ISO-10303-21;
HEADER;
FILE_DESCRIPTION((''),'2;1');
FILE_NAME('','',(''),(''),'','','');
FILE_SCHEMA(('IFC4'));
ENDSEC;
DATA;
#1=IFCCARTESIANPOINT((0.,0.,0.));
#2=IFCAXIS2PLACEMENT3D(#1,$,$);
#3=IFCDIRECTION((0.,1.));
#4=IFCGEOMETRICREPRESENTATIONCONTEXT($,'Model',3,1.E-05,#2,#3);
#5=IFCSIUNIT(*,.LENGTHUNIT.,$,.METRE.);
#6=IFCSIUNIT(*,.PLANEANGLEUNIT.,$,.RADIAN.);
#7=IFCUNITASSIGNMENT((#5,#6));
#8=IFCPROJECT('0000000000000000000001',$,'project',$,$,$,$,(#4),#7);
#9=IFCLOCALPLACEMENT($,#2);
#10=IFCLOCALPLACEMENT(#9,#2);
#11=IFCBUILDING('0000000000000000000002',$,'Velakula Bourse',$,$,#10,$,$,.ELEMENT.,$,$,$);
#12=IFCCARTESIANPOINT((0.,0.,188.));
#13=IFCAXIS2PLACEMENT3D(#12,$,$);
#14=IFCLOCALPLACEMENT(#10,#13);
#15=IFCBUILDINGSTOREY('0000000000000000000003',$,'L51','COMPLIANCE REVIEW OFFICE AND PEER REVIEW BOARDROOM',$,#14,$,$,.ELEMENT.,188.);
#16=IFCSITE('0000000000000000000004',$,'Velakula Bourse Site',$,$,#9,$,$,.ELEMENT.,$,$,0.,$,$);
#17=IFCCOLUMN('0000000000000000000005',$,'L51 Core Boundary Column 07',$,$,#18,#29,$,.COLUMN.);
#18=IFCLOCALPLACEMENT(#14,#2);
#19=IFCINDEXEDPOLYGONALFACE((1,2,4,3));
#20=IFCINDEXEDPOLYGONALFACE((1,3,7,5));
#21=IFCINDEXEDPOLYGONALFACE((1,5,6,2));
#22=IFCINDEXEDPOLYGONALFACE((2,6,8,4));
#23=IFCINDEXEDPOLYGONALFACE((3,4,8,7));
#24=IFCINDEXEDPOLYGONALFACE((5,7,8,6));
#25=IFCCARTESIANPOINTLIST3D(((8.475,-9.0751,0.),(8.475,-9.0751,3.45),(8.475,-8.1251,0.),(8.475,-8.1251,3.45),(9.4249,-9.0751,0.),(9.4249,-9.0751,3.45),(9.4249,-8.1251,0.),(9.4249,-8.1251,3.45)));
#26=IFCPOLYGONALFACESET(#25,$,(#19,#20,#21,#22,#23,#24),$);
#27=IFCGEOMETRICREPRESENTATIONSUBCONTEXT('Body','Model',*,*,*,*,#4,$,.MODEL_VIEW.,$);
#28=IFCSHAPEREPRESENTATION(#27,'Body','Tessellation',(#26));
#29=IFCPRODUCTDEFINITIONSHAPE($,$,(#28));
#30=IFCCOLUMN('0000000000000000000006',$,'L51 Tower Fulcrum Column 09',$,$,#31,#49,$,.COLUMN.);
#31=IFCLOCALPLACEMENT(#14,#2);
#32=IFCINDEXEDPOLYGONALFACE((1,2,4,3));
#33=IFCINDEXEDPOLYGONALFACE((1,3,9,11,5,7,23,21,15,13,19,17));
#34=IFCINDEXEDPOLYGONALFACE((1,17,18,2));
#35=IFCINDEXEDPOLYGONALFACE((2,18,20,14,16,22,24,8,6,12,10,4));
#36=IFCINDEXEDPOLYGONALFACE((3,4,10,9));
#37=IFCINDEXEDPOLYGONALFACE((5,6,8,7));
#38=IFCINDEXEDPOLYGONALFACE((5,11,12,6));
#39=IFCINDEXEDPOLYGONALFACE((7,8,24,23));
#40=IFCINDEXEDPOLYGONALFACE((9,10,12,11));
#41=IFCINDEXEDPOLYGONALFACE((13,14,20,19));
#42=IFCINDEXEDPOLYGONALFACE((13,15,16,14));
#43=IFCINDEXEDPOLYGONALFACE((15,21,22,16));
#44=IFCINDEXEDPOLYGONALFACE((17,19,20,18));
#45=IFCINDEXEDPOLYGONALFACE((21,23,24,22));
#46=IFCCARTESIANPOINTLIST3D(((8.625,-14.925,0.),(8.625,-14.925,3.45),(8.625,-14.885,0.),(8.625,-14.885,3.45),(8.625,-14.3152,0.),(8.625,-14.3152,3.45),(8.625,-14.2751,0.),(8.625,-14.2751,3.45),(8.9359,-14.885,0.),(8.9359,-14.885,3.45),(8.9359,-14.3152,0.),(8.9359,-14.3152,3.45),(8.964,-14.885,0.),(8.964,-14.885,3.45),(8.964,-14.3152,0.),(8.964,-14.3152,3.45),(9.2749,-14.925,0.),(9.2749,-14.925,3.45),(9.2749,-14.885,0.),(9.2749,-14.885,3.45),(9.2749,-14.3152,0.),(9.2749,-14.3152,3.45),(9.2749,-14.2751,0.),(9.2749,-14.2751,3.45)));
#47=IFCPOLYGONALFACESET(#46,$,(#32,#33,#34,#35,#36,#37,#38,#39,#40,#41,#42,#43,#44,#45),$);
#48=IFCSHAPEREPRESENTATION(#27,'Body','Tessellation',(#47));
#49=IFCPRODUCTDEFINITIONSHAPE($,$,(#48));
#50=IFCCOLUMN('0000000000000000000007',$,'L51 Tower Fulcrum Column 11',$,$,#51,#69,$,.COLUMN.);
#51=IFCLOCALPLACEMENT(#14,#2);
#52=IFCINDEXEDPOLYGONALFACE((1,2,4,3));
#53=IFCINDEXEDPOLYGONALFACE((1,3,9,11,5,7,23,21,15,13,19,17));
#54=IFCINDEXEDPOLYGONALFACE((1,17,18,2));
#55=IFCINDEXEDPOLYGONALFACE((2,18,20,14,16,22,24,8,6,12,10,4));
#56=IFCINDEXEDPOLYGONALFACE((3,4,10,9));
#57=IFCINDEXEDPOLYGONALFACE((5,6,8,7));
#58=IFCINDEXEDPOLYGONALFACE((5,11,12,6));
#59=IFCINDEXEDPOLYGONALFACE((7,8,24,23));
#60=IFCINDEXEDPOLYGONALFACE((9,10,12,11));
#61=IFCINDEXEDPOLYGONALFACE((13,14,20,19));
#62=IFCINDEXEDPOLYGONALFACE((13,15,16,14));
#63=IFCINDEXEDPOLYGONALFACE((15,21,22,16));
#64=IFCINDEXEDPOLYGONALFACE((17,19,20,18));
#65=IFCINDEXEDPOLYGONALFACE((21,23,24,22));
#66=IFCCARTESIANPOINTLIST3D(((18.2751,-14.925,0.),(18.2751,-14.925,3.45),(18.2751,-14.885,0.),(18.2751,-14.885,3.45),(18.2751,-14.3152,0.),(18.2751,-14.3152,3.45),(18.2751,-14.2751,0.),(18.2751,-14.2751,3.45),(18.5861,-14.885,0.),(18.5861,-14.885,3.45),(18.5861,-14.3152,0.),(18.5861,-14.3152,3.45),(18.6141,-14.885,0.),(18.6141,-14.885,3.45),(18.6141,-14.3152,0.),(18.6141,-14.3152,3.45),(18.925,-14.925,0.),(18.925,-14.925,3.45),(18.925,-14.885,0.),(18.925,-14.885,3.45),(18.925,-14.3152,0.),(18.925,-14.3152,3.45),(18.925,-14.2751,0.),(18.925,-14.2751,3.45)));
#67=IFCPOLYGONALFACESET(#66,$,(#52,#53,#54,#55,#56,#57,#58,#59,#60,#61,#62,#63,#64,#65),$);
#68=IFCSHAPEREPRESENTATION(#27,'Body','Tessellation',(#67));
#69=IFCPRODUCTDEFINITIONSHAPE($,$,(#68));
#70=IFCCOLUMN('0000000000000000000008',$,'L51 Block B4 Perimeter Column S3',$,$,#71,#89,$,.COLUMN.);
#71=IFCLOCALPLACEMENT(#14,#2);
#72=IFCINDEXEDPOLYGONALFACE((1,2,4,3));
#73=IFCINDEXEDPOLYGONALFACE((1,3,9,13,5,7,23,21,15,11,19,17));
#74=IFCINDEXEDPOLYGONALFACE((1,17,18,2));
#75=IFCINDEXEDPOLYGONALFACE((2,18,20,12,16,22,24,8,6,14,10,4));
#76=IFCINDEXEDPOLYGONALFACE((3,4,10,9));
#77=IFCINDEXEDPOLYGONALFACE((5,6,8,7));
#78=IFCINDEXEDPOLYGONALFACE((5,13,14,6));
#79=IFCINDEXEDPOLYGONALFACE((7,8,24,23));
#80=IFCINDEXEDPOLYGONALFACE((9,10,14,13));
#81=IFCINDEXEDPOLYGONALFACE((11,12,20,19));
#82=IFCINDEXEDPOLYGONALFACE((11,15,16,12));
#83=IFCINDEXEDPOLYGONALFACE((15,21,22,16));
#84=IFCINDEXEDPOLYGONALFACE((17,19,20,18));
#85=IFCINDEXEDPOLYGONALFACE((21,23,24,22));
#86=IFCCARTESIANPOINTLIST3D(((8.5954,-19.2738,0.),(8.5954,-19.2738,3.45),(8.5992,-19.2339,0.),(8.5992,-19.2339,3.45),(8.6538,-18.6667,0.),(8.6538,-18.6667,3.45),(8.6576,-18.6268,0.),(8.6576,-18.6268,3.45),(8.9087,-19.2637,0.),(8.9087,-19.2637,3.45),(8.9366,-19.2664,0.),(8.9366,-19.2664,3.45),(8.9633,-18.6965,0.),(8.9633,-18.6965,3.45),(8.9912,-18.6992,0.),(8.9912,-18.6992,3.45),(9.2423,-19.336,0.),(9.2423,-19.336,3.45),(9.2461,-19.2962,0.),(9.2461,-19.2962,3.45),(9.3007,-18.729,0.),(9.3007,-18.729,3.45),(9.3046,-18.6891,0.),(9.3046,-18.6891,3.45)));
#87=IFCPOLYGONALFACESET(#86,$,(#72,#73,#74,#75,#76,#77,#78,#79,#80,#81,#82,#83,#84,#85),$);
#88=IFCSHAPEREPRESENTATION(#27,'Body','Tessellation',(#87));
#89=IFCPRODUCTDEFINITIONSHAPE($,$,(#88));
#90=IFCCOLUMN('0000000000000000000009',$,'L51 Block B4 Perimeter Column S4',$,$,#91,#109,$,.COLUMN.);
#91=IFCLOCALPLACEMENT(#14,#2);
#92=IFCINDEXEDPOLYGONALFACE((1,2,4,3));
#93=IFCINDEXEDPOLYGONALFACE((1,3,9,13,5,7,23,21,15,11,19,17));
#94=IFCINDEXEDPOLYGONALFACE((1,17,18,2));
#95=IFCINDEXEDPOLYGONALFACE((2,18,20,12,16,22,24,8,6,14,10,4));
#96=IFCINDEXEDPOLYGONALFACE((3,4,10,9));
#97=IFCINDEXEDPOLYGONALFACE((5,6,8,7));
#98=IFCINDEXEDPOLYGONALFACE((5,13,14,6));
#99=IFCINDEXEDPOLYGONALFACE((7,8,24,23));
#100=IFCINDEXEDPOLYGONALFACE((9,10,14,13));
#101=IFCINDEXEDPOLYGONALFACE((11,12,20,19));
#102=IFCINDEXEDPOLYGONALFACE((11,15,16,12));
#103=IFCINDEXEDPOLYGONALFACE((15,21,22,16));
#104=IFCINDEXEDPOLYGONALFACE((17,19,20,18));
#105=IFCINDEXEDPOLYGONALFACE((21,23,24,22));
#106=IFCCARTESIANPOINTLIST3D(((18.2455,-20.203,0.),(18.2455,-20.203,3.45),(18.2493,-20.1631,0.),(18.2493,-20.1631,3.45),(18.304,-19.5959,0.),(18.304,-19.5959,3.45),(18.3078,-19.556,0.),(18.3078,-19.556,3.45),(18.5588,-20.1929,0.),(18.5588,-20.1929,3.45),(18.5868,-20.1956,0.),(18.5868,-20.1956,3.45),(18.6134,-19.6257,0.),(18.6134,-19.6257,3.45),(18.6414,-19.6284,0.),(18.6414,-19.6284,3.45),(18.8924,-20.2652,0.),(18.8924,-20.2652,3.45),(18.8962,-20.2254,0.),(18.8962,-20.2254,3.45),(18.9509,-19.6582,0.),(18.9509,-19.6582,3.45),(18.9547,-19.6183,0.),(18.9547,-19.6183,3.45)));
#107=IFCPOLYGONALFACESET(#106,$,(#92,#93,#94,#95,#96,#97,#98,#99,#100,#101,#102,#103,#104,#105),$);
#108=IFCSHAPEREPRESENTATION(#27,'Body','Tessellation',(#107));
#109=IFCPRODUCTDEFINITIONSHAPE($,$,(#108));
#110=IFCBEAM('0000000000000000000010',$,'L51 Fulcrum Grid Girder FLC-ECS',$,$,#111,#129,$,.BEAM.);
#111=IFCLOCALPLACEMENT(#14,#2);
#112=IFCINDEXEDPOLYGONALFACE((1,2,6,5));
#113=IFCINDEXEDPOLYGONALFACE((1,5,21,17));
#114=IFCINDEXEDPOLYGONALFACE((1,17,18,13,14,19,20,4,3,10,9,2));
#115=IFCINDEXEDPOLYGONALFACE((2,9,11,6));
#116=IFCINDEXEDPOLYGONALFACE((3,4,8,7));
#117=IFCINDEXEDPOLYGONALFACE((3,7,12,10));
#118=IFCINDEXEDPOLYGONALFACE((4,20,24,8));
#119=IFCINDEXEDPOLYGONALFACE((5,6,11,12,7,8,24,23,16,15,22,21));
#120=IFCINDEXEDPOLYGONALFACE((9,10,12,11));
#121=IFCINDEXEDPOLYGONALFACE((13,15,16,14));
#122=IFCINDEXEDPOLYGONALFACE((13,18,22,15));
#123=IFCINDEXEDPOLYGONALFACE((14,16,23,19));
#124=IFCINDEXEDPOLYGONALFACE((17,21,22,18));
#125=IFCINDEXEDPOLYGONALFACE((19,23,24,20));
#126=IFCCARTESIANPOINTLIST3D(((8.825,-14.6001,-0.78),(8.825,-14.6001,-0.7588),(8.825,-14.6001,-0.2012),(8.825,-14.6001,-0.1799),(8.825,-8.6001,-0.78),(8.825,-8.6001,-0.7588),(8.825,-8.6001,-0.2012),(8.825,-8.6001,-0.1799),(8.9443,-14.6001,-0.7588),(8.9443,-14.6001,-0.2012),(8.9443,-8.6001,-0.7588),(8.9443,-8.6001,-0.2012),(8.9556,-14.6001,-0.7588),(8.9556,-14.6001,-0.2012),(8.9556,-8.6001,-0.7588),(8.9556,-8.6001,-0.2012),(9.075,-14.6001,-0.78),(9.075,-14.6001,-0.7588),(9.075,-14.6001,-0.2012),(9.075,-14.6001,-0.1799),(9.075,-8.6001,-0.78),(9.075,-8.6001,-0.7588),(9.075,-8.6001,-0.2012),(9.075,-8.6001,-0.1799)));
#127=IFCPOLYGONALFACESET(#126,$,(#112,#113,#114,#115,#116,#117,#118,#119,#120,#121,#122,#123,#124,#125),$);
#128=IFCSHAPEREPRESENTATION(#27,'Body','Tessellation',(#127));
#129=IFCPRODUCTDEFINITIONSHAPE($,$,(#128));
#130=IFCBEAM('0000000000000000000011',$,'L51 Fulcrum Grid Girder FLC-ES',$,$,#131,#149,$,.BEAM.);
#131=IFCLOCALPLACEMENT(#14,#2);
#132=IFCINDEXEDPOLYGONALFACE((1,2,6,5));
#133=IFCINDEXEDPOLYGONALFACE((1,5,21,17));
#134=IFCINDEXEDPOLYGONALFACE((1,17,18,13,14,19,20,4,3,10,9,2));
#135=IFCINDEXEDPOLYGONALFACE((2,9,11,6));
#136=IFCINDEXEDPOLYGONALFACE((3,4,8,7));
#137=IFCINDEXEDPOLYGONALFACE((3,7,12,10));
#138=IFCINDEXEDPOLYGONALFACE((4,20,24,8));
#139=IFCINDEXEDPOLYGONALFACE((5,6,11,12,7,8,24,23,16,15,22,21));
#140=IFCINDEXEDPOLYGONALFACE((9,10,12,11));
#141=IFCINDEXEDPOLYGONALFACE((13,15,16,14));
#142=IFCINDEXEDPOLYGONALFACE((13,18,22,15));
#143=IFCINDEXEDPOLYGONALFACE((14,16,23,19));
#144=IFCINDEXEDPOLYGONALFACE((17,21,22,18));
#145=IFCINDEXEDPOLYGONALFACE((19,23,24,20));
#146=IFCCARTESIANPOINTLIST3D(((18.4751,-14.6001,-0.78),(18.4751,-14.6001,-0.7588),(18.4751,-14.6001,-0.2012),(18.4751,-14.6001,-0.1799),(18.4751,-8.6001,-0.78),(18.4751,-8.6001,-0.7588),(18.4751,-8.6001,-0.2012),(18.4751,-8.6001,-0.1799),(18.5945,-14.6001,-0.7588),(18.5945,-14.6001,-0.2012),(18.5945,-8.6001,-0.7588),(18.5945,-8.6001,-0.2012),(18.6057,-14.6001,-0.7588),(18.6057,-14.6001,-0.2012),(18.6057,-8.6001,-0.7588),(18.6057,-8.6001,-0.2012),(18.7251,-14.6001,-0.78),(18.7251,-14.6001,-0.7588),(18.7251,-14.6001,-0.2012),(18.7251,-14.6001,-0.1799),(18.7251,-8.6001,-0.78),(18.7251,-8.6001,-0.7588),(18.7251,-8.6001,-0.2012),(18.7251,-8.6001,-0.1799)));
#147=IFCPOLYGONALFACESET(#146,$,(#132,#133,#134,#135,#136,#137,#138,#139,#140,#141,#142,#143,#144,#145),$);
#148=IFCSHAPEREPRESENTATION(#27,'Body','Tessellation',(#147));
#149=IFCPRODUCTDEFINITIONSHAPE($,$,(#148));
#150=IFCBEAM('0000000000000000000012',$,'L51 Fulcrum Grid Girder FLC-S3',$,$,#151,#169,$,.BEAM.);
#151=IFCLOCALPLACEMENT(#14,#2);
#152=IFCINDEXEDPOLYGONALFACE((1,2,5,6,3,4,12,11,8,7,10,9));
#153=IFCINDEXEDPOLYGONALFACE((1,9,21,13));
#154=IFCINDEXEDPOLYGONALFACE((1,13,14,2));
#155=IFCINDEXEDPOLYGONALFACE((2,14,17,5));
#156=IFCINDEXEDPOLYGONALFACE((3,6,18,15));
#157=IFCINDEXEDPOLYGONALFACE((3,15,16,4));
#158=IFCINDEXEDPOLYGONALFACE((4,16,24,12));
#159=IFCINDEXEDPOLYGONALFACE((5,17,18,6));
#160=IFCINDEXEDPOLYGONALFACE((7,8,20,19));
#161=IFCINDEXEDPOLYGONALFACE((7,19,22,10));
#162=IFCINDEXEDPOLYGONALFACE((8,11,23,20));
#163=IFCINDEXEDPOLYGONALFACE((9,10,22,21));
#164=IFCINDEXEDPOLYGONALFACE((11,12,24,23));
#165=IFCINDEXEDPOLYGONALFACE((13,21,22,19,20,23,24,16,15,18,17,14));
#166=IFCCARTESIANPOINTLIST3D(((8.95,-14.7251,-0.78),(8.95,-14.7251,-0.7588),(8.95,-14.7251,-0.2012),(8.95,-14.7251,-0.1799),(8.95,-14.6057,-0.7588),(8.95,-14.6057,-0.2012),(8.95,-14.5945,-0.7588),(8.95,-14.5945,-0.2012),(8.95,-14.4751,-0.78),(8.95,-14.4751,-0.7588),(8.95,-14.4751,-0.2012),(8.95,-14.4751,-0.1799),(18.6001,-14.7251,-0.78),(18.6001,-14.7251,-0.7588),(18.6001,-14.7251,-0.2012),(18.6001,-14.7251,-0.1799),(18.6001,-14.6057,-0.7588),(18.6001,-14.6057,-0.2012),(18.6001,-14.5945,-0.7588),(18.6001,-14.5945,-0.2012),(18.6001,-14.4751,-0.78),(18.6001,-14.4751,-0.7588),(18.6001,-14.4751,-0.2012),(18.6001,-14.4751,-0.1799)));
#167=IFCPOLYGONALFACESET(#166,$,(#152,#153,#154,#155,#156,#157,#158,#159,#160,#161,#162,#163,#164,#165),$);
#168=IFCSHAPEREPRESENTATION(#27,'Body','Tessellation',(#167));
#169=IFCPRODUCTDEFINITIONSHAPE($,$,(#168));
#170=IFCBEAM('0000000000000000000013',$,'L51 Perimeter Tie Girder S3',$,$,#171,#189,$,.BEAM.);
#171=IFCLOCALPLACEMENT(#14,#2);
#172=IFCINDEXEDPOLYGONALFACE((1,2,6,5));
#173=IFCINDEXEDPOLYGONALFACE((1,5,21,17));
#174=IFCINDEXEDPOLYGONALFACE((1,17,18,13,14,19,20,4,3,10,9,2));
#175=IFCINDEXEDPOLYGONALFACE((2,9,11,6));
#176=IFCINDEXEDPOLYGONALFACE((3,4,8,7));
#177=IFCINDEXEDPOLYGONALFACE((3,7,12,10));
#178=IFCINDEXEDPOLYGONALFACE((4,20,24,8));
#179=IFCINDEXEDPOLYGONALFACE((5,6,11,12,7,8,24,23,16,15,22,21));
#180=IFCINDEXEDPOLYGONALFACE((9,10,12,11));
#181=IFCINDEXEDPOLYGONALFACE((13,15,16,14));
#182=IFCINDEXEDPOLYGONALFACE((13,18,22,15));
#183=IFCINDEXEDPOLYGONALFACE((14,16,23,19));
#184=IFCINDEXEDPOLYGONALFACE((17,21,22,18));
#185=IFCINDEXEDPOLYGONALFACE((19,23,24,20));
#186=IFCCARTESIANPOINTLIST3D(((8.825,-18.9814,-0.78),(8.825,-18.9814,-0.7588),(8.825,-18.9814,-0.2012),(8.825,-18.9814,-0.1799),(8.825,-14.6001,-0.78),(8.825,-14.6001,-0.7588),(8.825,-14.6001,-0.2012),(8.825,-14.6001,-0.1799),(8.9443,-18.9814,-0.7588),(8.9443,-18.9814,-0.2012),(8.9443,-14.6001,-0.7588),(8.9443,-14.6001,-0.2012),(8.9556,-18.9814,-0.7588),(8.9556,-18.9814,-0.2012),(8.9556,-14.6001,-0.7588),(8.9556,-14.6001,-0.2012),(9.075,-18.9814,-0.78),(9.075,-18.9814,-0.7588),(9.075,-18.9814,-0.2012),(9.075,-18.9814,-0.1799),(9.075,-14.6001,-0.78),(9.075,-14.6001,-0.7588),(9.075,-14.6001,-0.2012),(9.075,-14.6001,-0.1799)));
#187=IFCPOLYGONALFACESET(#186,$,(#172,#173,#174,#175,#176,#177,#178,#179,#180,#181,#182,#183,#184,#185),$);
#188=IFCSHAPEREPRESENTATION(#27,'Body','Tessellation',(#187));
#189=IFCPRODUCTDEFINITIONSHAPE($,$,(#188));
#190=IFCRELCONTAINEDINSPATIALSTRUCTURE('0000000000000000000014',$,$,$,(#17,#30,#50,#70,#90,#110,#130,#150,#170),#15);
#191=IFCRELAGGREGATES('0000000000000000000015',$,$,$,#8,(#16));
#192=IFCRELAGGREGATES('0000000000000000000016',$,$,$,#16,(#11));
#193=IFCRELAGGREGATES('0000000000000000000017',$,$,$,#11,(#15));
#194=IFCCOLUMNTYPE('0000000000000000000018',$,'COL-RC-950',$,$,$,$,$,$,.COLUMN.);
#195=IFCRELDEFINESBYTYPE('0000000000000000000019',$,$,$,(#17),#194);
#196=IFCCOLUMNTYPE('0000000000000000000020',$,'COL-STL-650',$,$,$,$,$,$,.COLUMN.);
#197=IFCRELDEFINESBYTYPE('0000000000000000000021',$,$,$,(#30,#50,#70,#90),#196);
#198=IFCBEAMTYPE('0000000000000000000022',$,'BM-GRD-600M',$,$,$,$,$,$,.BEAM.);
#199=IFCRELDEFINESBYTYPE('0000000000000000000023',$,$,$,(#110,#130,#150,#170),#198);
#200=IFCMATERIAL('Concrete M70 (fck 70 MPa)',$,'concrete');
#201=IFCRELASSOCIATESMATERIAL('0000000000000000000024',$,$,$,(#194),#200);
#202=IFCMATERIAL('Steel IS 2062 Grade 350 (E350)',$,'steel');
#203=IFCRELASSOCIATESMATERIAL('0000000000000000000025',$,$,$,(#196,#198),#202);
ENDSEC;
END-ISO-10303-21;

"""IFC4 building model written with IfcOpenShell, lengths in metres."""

from ifc_helpers import new_model, si_unit, direction, frame, origin, origin_2d, place, context, subcontext, project, spatial, rectangle, i_section, extrude, material, material_profile, profile_set, type_object, element, save


model = new_model("IFC4")

# Units and contexts
model_context = context("Model", 3, precision=1e-05, world=origin(), true_north=direction((0.0, 1.0)))
body_context = subcontext(model_context, "Body", "Model", "MODEL_VIEW")
ifc_project = project(units=[si_unit("LENGTHUNIT", "METRE"), si_unit("PLANEANGLEUNIT", "RADIAN")], contexts=[model_context])

# Site, building, storey
site_placement = place(None, origin())
site = spatial("IfcSite", under=ifc_project, at=site_placement, Name="Velakula Bourse Site", CompositionType="ELEMENT", RefElevation=0.0)
building_placement = place(site_placement, origin())
building = spatial("IfcBuilding", under=site, at=building_placement, Name="Velakula Bourse", CompositionType="ELEMENT")
storey_placement = place(building_placement, frame((0.0, 0.0, 188.0)))
storey = spatial("IfcBuildingStorey", under=building, at=storey_placement, Name="L51", Description="COMPLIANCE REVIEW OFFICE AND PEER REVIEW BOARDROOM", CompositionType="ELEMENT", Elevation=188.0)

# Columns
ifc_material_1 = material(Name="Concrete M70 (fck 70 MPa)", Category="concrete")
ifc_material_profile_1 = material_profile(ifc_material_1, rectangle(XDim=0.95, YDim=0.95, at=origin_2d()), Name="Concrete M70 (fck 70 MPa)")
ifc_profile_set_1 = profile_set([ifc_material_profile_1], Name="Concrete M70 (fck 70 MPa)")
column_type_1 = type_object("IfcColumnType", Name="COL-RC-950", PredefinedType="COLUMN", material=ifc_profile_set_1)
column_placement = place(storey_placement, frame((8.95, -8.6001, 0.0), z_axis=(0.0, 0.0, 1.0), x_axis=(1.0, 0.0, 0.0)))
element("IfcColumn", 1, at=column_placement, inside=storey, type_object=column_type_1, Name="L51 Core Boundary Column 07", PredefinedType="COLUMN", context=body_context, shape_type="SweptSolid", body=[
    extrude(rectangle(XDim=0.95, YDim=0.95, at=origin_2d()), origin(), (0.0, 0.0, 1.0), 3.45),
])
ifc_material_2 = material(Name="Steel IS 2062 Grade 350 (E350)", Category="steel")
ifc_material_profile_2 = material_profile(ifc_material_2, i_section(OverallWidth=0.6499, OverallDepth=0.6499, WebThickness=0.0281, FlangeThickness=0.04, at=origin_2d()), Name="Steel IS 2062 Grade 350 (E350)")
ifc_profile_set_2 = profile_set([ifc_material_profile_2], Name="Steel IS 2062 Grade 350 (E350)")
column_type_2 = type_object("IfcColumnType", Name="COL-STL-650", PredefinedType="COLUMN", material=ifc_profile_set_2)
for number, where, z_axis, x_axis, name in (
    (2, (8.95, -14.6001, 0.0), (0.0, 0.0, 1.0), (1.0, 0.0, 0.0), "L51 Tower Fulcrum Column 09"),
    (3, (18.6001, -14.6001, 0.0), (0.0, 0.0, 1.0), (1.0, 0.0, 0.0), "L51 Tower Fulcrum Column 11"),
    (4, (8.95, -18.9814, 0.0), (0.0, 0.0, 1.0), (0.995396, -0.095846, 0.0), "L51 Block B4 Perimeter Column S3"),
    (5, (18.6001, -19.9106, 0.0), (0.0, 0.0, 1.0), (0.995396, -0.095846, 0.0), "L51 Block B4 Perimeter Column S4"),
):
    element("IfcColumn", number, at=place(storey_placement, frame(where, z_axis=z_axis, x_axis=x_axis)), inside=storey, type_object=column_type_2, Name=name, PredefinedType="COLUMN", context=body_context, shape_type="SweptSolid", body=[
        extrude(i_section(OverallWidth=0.6499, OverallDepth=0.6499, WebThickness=0.0281, FlangeThickness=0.04, at=origin_2d()), origin(), (0.0, 0.0, 1.0), 3.45),
    ])

# Beams
ifc_material_profile_3 = material_profile(ifc_material_2, i_section(OverallWidth=0.25, OverallDepth=0.6001, WebThickness=0.0112, FlangeThickness=0.0212, at=origin_2d()), Name="Steel IS 2062 Grade 350 (E350)")
ifc_profile_set_3 = profile_set([ifc_material_profile_3], Name="Steel IS 2062 Grade 350 (E350)")
beam_type_1 = type_object("IfcBeamType", Name="BM-GRD-600M", PredefinedType="BEAM", material=ifc_profile_set_3)
for number, where, z_axis, x_axis, name in (
    (6, (8.95, -14.6001, -0.48), (0.0, 1.0, 0.0), (-1.0, 0.0, 0.0), "L51 Fulcrum Grid Girder FLC-ECS"),
    (7, (18.6001, -14.6001, -0.48), (0.0, 1.0, 0.0), (-1.0, 0.0, 0.0), "L51 Fulcrum Grid Girder FLC-ES"),
):
    element("IfcBeam", number, at=place(storey_placement, frame(where, z_axis=z_axis, x_axis=x_axis)), inside=storey, type_object=beam_type_1, Name=name, PredefinedType="BEAM", context=body_context, shape_type="SweptSolid", body=[
        extrude(i_section(OverallWidth=0.25, OverallDepth=0.6001, WebThickness=0.0112, FlangeThickness=0.0212, at=origin_2d()), origin(), (0.0, 0.0, 1.0), 6.0),
    ])
beam_1_placement = place(storey_placement, frame((8.95, -14.6001, -0.48), z_axis=(1.0, 0.0, 0.0), x_axis=(0.0, 1.0, 0.0)))
element("IfcBeam", 8, at=beam_1_placement, inside=storey, type_object=beam_type_1, Name="L51 Fulcrum Grid Girder FLC-S3", PredefinedType="BEAM", context=body_context, shape_type="SweptSolid", body=[
    extrude(i_section(OverallWidth=0.25, OverallDepth=0.6001, WebThickness=0.0112, FlangeThickness=0.0212, at=origin_2d()), origin(), (0.0, 0.0, 1.0), 9.6501),
])
beam_2_placement = place(storey_placement, frame((8.95, -14.6001, -0.48), z_axis=(0.0, -1.0, 0.0), x_axis=(1.0, 0.0, 0.0)))
element("IfcBeam", 9, at=beam_2_placement, inside=storey, type_object=beam_type_1, Name="L51 Perimeter Tie Girder S3", PredefinedType="BEAM", context=body_context, shape_type="SweptSolid", body=[
    extrude(i_section(OverallWidth=0.25, OverallDepth=0.6001, WebThickness=0.0112, FlangeThickness=0.0212, at=origin_2d()), origin(), (0.0, 0.0, 1.0), 4.3813),
])

save(model, "model.ifc")
